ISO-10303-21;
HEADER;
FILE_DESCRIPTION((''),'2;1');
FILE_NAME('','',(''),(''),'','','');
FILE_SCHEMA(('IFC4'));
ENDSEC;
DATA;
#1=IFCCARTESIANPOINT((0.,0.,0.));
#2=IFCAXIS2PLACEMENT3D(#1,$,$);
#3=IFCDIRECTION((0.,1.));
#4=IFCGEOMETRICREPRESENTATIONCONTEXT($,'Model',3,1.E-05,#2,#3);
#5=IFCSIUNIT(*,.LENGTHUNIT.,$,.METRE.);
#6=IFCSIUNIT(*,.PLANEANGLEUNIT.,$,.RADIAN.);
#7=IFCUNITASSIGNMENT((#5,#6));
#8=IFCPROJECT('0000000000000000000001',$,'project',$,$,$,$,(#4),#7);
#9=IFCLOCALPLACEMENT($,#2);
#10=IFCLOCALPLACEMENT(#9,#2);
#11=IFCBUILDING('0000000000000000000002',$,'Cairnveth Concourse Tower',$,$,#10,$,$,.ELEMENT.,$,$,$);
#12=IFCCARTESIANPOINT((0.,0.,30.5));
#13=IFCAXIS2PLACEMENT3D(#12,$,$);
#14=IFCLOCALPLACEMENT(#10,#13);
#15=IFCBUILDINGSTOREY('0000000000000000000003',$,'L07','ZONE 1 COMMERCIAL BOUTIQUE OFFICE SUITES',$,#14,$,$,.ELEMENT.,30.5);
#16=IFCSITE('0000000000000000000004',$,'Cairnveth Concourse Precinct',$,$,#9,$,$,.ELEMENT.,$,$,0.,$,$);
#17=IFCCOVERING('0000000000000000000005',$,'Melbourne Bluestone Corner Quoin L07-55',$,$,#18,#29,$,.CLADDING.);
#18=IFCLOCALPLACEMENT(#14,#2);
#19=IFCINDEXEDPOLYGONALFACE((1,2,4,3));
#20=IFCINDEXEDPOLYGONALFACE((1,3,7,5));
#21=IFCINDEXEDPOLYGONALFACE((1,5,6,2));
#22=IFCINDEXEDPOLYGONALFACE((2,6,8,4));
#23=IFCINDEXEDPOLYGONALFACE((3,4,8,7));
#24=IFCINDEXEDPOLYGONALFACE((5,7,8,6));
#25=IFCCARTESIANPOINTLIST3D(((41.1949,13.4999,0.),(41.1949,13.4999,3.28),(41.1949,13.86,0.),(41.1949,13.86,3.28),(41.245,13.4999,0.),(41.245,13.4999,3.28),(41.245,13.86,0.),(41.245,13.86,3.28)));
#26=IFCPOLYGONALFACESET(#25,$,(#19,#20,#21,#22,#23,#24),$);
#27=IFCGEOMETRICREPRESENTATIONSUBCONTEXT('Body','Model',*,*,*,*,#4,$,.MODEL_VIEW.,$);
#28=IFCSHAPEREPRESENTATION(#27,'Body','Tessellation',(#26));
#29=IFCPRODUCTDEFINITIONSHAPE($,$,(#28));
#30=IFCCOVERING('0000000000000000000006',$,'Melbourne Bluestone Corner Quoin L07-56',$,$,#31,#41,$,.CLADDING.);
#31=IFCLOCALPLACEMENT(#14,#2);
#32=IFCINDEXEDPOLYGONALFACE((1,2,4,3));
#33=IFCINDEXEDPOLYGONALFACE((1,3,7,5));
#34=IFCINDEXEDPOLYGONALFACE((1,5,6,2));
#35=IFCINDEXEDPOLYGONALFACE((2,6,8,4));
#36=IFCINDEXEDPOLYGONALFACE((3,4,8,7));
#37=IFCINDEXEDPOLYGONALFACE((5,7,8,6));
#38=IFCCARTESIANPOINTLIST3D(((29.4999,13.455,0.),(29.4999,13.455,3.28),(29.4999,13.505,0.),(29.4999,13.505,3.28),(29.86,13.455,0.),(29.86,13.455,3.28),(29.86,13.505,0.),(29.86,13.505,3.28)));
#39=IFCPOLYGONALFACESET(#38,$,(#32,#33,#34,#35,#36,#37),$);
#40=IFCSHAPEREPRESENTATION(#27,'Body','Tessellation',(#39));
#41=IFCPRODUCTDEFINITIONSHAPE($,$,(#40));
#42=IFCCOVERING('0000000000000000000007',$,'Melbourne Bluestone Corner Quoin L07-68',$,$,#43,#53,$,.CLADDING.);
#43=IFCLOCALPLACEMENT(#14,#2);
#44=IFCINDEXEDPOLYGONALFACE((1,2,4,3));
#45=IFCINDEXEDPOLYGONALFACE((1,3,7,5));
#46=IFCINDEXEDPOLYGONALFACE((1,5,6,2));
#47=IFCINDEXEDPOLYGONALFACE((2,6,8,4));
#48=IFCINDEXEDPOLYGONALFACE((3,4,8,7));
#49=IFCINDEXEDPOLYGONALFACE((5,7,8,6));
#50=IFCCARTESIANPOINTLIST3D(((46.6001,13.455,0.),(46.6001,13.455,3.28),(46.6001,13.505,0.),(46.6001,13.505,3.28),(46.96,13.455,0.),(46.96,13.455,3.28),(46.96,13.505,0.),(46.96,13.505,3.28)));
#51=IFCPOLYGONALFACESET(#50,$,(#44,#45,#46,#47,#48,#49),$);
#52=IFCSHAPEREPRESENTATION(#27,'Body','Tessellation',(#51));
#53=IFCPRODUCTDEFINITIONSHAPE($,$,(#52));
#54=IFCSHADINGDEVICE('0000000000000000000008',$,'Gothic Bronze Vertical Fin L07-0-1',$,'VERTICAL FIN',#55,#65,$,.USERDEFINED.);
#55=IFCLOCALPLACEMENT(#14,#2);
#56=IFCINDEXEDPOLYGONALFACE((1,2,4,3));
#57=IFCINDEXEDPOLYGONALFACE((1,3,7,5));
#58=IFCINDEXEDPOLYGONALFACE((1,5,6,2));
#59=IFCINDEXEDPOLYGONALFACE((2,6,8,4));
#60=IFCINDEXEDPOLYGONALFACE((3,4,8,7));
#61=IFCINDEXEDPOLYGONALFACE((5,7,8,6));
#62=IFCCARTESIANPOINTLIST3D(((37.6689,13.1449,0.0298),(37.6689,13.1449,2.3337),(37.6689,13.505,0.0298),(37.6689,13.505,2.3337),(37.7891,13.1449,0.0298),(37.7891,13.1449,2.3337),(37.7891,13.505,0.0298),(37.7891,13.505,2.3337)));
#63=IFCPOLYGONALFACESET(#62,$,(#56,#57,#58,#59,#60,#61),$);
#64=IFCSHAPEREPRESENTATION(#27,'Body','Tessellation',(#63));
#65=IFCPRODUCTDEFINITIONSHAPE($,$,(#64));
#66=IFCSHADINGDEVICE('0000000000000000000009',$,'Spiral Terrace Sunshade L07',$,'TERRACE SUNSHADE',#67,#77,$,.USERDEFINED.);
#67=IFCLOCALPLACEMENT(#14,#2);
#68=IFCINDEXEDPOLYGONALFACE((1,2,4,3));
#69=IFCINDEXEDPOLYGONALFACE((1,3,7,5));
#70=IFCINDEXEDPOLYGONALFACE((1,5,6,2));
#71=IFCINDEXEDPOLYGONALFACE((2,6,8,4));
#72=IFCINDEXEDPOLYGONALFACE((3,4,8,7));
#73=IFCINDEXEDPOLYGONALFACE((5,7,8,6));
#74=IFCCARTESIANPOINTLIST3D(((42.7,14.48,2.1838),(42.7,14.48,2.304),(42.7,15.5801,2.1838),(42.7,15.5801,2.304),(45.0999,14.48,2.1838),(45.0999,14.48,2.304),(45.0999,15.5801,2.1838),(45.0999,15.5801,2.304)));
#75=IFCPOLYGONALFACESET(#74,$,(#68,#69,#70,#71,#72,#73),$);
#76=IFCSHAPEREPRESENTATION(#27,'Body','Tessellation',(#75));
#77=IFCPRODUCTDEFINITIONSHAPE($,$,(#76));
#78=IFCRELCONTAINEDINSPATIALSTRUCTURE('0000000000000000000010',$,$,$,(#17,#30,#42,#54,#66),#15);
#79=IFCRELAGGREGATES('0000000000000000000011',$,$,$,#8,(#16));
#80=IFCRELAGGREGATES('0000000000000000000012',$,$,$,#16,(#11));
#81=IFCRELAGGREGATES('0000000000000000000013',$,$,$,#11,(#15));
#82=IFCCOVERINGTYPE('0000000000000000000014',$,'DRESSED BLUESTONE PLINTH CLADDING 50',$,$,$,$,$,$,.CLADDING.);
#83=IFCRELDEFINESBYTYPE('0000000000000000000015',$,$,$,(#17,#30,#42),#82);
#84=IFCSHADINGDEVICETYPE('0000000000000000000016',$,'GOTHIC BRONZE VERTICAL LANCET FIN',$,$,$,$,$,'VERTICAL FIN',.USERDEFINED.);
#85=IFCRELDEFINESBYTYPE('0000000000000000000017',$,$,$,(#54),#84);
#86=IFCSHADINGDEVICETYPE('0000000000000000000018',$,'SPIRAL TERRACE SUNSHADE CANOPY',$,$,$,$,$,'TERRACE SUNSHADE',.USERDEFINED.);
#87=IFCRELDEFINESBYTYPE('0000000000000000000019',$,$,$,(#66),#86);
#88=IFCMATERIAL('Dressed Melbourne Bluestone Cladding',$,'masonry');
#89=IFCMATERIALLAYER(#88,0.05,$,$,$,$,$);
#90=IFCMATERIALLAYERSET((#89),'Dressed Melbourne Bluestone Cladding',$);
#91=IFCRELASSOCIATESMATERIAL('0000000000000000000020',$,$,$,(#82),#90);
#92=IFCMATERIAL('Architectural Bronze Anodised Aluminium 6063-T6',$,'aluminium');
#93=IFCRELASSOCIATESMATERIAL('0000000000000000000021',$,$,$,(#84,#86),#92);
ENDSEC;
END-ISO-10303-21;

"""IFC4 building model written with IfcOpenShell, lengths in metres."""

from ifc_helpers import new_model, si_unit, direction, frame, frame_2d, origin, origin_2d, place, context, subcontext, project, spatial, rectangle, extrude, material, layer, layer_set, type_object, element, save


model = new_model("IFC4")

# Units and contexts
model_context = context("Model", 3, precision=1e-05, world=origin(), true_north=direction((0.0, 1.0)))
body_context = subcontext(model_context, "Body", "Model", "MODEL_VIEW")
ifc_project = project(units=[si_unit("LENGTHUNIT", "METRE"), si_unit("PLANEANGLEUNIT", "RADIAN")], contexts=[model_context])

# Site, building, storey
site_placement = place(None, origin())
site = spatial("IfcSite", under=ifc_project, at=site_placement, Name="Cairnveth Concourse Precinct", CompositionType="ELEMENT", RefElevation=0.0)
building_placement = place(site_placement, origin())
building = spatial("IfcBuilding", under=site, at=building_placement, Name="Cairnveth Concourse Tower", CompositionType="ELEMENT")
storey_placement = place(building_placement, frame((0.0, 0.0, 30.5)))
storey = spatial("IfcBuildingStorey", under=building, at=storey_placement, Name="L07", Description="ZONE 1 COMMERCIAL BOUTIQUE OFFICE SUITES", CompositionType="ELEMENT", Elevation=30.5)

# Shared definitions
ifc_material_1 = material(Name="Dressed Melbourne Bluestone Cladding", Category="masonry")

# Coverings
ifc_layer_1 = layer(ifc_material_1, 0.05)
ifc_layer_set_1 = layer_set([ifc_layer_1], Name="Dressed Melbourne Bluestone Cladding")
covering_type = type_object("IfcCoveringType", Name="DRESSED BLUESTONE PLINTH CLADDING 50", PredefinedType="CLADDING", material=ifc_layer_set_1)
for number, where, z_axis, x_axis, name in (
    (1, (41.22, 13.8601, 0.0), (0.0, 0.0, 1.0), (0.0, -1.0, 0.0), "Melbourne Bluestone Corner Quoin L07-55"),
    (2, (29.8601, 13.48, 0.0), (0.0, 0.0, 1.0), (-1.0, 0.0, 0.0), "Melbourne Bluestone Corner Quoin L07-56"),
):
    element("IfcCovering", number, at=place(storey_placement, frame(where, z_axis=z_axis, x_axis=x_axis)), inside=storey, type_object=covering_type, Name=name, PredefinedType="CLADDING", context=body_context, shape_type="SweptSolid", body=[
        extrude(rectangle(XDim=0.3601, YDim=0.05, at=frame_2d((0.1802, 0.0))), origin(), (0.0, 0.0, 1.0), 3.28),
    ])
covering_placement = place(storey_placement, frame((46.96, 13.48, 0.0), z_axis=(0.0, 0.0, 1.0), x_axis=(-1.0, 0.0, 0.0)))
element("IfcCovering", 3, at=covering_placement, inside=storey, type_object=covering_type, Name="Melbourne Bluestone Corner Quoin L07-68", PredefinedType="CLADDING", context=body_context, shape_type="SweptSolid", body=[
    extrude(rectangle(XDim=0.3599, YDim=0.05, at=frame_2d((0.1799, 0.0))), origin(), (0.0, 0.0, 1.0), 3.28),
])

# Shading devices
ifc_material_2 = material(Name="Architectural Bronze Anodised Aluminium 6063-T6", Category="aluminium")
shading_device_type_1 = type_object("IfcShadingDeviceType", Name="GOTHIC BRONZE VERTICAL LANCET FIN", ElementType="VERTICAL FIN", PredefinedType="USERDEFINED", material=ifc_material_2)
shading_device_1_placement = place(storey_placement, frame((37.729, 13.325, 0.0298), z_axis=(0.0, 0.0, 1.0), x_axis=(1.0, 0.0, 0.0)))
element("IfcShadingDevice", 4, at=shading_device_1_placement, inside=storey, type_object=shading_device_type_1, Name="Gothic Bronze Vertical Fin L07-0-1", ObjectType="VERTICAL FIN", PredefinedType="USERDEFINED", context=body_context, shape_type="SweptSolid", body=[
    extrude(rectangle(XDim=0.1201, YDim=0.3601, at=origin_2d()), origin(), (0.0, 0.0, 1.0), 2.304),
])
shading_device_type_2 = type_object("IfcShadingDeviceType", Name="SPIRAL TERRACE SUNSHADE CANOPY", ElementType="TERRACE SUNSHADE", PredefinedType="USERDEFINED", material=ifc_material_2)
shading_device_2_placement = place(storey_placement, frame((43.8999, 15.03, 2.1838), z_axis=(0.0, 0.0, 1.0), x_axis=(1.0, 0.0, 0.0)))
element("IfcShadingDevice", 5, at=shading_device_2_placement, inside=storey, type_object=shading_device_type_2, Name="Spiral Terrace Sunshade L07", ObjectType="TERRACE SUNSHADE", PredefinedType="USERDEFINED", context=body_context, shape_type="SweptSolid", body=[
    extrude(rectangle(XDim=2.3999, YDim=1.1001, at=origin_2d()), origin(), (0.0, 0.0, 1.0), 0.1201),
])

save(model, "model.ifc")
